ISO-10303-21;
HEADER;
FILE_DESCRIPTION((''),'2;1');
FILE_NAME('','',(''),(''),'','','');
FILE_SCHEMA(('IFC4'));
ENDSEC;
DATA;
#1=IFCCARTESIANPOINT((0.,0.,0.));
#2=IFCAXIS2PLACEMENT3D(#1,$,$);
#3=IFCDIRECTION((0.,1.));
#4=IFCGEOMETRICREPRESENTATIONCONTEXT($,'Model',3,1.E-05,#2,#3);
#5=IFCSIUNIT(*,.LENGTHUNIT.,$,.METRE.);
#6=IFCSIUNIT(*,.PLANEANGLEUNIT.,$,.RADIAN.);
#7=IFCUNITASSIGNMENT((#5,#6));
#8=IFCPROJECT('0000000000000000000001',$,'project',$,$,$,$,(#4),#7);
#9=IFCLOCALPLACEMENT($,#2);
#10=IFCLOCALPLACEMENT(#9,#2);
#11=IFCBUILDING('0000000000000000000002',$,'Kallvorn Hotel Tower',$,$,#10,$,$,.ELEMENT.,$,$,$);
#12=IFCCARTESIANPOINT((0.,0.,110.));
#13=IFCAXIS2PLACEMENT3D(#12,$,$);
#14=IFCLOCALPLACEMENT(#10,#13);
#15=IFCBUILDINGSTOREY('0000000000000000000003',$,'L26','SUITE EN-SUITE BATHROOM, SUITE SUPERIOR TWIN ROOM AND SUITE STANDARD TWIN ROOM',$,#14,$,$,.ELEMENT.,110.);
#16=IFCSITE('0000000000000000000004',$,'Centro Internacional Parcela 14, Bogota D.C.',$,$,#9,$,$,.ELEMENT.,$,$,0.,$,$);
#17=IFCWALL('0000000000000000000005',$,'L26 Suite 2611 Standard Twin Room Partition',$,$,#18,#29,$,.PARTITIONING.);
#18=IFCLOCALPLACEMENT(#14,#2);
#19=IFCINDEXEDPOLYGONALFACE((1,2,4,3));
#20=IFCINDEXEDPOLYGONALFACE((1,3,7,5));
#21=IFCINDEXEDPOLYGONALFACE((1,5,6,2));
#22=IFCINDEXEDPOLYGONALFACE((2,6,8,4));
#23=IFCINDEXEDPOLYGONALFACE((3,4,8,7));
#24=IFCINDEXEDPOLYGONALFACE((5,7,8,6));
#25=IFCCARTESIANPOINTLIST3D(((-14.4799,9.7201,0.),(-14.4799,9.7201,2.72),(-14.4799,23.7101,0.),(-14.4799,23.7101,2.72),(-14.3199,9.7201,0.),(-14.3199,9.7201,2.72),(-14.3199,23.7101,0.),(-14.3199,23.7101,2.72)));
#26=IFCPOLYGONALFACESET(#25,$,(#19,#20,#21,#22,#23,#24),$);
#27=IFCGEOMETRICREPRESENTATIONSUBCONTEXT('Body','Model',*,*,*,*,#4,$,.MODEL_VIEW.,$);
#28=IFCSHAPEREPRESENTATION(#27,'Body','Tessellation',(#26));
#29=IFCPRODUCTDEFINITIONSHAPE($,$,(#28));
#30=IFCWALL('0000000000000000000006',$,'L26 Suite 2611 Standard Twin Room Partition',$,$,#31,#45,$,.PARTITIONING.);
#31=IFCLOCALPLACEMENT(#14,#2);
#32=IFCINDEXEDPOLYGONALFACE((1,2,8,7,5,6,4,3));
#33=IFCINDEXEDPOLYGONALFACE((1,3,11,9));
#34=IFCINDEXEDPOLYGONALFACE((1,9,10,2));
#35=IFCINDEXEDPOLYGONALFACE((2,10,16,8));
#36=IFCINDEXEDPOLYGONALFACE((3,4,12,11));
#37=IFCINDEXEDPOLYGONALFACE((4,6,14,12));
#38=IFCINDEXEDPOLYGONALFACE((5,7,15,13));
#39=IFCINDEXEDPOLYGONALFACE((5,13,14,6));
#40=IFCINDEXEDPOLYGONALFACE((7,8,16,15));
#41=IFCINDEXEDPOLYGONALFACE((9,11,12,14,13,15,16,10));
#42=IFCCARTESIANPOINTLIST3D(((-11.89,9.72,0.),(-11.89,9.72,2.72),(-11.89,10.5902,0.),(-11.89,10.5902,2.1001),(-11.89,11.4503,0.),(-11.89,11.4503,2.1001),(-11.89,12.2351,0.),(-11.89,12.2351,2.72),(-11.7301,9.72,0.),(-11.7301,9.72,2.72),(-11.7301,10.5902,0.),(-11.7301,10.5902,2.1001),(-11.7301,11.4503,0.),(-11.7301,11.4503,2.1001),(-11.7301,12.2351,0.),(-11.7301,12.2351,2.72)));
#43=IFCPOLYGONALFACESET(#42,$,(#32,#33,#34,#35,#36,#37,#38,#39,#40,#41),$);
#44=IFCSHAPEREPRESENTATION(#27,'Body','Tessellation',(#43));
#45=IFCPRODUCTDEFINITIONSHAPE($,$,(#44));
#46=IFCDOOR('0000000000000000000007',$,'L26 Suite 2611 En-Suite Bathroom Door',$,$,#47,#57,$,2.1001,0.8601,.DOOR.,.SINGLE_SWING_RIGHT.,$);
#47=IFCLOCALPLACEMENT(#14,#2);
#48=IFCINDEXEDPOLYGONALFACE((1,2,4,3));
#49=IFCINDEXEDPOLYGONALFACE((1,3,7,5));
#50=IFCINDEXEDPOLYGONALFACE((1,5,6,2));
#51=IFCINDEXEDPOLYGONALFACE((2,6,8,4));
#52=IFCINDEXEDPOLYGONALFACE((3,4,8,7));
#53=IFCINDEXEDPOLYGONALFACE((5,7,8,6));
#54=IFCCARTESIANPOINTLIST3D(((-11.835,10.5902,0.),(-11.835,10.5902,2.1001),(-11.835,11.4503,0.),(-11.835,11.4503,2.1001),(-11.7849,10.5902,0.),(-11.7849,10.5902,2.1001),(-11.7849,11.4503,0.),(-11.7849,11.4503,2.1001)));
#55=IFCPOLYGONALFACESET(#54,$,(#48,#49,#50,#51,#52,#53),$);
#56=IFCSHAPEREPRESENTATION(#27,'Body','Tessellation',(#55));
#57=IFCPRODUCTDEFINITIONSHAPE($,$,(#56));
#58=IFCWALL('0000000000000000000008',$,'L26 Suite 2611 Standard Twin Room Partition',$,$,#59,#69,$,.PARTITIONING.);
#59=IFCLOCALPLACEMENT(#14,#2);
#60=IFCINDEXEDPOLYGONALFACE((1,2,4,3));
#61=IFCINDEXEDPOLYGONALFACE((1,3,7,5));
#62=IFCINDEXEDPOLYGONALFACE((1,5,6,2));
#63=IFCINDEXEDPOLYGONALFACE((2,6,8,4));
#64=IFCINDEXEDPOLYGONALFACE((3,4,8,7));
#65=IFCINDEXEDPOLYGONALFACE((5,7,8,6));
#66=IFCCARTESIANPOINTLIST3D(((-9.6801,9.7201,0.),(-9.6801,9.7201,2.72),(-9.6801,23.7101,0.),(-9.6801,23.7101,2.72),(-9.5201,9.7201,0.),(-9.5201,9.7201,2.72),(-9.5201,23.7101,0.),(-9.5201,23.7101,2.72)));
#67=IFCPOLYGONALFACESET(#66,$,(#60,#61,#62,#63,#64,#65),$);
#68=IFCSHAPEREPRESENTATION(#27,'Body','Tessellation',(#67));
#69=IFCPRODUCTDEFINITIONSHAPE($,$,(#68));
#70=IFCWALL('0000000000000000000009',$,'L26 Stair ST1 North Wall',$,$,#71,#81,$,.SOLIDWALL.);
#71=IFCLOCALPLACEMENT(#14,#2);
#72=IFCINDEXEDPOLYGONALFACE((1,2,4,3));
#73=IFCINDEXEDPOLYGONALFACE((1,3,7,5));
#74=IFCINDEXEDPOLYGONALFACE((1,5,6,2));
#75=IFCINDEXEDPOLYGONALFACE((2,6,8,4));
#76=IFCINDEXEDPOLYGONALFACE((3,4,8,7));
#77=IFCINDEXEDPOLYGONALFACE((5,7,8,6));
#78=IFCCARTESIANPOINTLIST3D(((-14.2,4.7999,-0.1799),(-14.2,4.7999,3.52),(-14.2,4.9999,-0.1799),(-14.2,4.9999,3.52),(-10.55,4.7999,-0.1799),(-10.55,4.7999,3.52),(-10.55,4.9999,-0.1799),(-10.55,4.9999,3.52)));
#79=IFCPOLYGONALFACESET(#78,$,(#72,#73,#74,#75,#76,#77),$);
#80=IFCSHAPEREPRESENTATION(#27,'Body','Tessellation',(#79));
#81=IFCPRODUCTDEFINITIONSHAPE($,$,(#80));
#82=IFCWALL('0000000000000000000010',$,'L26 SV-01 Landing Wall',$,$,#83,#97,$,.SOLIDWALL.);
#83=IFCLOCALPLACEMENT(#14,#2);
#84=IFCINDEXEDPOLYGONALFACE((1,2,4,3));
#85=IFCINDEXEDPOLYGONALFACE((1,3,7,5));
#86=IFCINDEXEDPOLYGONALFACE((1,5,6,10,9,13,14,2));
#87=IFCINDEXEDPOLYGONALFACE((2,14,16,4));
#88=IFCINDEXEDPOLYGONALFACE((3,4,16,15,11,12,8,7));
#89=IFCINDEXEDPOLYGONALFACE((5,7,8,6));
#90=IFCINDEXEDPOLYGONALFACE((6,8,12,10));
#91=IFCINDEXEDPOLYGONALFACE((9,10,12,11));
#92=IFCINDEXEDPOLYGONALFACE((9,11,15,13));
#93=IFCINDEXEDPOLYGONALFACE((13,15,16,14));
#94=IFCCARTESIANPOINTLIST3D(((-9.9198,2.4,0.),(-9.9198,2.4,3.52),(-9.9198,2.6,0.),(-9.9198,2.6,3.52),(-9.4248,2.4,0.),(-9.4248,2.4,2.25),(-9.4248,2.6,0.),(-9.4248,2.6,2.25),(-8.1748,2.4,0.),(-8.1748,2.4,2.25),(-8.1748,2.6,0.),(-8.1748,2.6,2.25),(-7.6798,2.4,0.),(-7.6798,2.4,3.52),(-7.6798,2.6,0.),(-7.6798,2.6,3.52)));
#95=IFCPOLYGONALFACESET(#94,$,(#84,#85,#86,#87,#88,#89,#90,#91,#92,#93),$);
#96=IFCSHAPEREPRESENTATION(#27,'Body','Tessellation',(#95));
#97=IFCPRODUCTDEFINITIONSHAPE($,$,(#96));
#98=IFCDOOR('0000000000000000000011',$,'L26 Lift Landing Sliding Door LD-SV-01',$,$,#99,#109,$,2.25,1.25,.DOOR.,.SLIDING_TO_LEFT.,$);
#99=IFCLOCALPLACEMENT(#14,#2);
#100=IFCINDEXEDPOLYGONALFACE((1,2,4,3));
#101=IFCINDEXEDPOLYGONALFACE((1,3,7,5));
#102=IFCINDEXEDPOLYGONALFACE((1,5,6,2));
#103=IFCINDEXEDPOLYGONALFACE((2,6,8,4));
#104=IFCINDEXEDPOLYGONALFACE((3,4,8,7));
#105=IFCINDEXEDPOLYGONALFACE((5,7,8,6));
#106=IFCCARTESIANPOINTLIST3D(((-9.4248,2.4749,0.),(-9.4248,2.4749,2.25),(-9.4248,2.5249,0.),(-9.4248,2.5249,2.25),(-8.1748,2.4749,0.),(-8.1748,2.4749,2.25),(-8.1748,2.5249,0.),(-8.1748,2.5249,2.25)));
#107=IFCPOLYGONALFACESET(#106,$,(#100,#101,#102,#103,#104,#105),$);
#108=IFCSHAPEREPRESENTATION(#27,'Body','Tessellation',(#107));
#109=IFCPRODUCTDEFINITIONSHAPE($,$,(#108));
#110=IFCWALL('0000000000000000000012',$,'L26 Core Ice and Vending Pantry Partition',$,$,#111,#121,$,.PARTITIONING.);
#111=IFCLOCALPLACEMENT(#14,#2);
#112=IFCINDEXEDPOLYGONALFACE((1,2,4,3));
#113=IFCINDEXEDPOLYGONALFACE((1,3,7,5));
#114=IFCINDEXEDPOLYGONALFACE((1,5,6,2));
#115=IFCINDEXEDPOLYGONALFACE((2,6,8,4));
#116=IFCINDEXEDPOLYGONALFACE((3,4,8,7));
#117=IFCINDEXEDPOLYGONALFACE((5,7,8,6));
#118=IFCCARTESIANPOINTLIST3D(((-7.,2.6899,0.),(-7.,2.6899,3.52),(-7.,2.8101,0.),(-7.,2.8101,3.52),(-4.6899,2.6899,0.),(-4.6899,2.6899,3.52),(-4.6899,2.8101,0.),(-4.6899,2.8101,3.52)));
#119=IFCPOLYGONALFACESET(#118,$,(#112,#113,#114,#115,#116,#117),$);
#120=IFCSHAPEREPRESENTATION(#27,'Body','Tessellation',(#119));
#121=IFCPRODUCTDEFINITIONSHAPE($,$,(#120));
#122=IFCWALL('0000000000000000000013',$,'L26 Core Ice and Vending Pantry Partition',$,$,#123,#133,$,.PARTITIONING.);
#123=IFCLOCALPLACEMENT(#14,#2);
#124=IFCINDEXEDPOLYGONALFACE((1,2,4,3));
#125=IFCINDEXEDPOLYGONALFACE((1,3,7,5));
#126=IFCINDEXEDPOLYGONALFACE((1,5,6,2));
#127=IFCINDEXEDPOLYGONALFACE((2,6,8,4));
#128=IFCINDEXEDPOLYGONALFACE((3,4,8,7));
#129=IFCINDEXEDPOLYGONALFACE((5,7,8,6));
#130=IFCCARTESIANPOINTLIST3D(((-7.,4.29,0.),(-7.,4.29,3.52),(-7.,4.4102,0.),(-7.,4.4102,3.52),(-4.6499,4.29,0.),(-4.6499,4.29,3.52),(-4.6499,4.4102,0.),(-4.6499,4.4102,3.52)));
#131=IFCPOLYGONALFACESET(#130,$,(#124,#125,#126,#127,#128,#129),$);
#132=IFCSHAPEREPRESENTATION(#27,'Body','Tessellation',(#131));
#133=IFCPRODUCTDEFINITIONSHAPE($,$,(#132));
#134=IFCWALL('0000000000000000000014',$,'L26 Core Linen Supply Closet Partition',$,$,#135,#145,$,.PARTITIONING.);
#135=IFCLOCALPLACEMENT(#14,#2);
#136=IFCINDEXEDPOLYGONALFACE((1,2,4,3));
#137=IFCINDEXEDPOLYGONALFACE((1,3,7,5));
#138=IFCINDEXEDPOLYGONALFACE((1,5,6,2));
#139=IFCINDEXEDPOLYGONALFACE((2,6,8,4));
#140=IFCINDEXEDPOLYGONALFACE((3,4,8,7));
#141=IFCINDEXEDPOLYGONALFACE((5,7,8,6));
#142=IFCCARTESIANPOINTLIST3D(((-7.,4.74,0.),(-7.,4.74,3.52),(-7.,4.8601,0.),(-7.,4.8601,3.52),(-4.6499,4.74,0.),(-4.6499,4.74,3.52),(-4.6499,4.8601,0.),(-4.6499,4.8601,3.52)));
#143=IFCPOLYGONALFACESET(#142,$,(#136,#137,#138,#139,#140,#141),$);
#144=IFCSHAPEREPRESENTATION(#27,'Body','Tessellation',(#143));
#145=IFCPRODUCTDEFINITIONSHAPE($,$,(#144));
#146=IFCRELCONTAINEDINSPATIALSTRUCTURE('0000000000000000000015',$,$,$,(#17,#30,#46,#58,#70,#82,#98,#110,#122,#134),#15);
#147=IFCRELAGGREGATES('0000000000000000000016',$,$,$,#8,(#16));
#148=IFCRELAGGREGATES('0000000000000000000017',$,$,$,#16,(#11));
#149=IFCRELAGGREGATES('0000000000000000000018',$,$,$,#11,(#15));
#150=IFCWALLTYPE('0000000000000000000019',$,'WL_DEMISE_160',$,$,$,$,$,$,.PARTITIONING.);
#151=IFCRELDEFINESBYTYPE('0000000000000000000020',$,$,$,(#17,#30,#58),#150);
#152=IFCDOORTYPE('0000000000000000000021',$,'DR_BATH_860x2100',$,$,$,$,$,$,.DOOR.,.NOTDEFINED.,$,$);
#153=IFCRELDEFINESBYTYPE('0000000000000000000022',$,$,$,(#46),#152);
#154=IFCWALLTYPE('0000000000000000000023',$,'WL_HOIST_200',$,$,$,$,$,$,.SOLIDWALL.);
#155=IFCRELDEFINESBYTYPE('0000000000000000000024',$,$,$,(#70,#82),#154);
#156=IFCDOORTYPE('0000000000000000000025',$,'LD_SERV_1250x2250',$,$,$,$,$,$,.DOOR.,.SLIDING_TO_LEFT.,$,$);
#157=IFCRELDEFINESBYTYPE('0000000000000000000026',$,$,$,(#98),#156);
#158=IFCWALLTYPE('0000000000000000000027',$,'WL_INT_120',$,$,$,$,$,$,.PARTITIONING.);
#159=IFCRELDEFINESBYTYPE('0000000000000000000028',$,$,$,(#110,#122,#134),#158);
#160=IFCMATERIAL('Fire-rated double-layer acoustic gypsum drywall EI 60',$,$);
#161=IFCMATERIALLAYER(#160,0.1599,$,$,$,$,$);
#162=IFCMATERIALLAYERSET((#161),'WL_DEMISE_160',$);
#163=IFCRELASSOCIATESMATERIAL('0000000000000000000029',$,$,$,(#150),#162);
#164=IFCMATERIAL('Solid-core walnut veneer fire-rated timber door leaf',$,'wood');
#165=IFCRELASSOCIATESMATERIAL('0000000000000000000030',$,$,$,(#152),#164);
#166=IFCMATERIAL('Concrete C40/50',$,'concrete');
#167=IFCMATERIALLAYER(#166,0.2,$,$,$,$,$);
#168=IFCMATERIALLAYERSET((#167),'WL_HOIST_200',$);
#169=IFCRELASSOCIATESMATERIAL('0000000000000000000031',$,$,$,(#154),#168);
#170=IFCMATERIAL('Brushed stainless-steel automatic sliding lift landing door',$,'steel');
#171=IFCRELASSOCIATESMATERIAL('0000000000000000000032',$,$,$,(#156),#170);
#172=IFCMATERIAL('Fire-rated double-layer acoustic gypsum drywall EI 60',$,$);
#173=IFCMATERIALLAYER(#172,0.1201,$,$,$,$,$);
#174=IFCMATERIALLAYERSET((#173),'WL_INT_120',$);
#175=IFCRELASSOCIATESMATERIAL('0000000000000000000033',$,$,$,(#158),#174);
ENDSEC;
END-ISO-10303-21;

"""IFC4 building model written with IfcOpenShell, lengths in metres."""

from ifc_helpers import new_model, si_unit, direction, frame, frame_2d, origin, place, context, subcontext, project, spatial, rectangle, extrude, material, layer, layer_set, type_object, element, fill, save


model = new_model("IFC4")

# Units and contexts
model_context = context("Model", 3, precision=1e-05, world=origin(), true_north=direction((0.0, 1.0)))
body_context = subcontext(model_context, "Body", "Model", "MODEL_VIEW")
ifc_project = project(units=[si_unit("LENGTHUNIT", "METRE"), si_unit("PLANEANGLEUNIT", "RADIAN")], contexts=[model_context])

# Site, building, storey
site_placement = place(None, origin())
site = spatial("IfcSite", under=ifc_project, at=site_placement, Name="Centro Internacional Parcela 14, Bogota D.C.", CompositionType="ELEMENT", RefElevation=0.0)
building_placement = place(site_placement, origin())
building = spatial("IfcBuilding", under=site, at=building_placement, Name="Kallvorn Hotel Tower", CompositionType="ELEMENT")
storey_placement = place(building_placement, frame((0.0, 0.0, 110.0)))
storey = spatial("IfcBuildingStorey", under=building, at=storey_placement, Name="L26", Description="SUITE EN-SUITE BATHROOM, SUITE SUPERIOR TWIN ROOM AND SUITE STANDARD TWIN ROOM", CompositionType="ELEMENT", Elevation=110.0)

# Wall
ifc_material_1 = material(Name="Fire-rated double-layer acoustic gypsum drywall EI 60")
ifc_layer_1 = layer(ifc_material_1, 0.1599)
ifc_layer_set_1 = layer_set([ifc_layer_1], Name="WL_DEMISE_160")
wall_type_1 = type_object("IfcWallType", Name="WL_DEMISE_160", PredefinedType="PARTITIONING", material=ifc_layer_set_1)
wall_1_placement = place(storey_placement, frame((-14.3999, 9.72, 0.0), z_axis=(0.0, 0.0, 1.0), x_axis=(0.0, 1.0, 0.0)))
element("IfcWall", 1, at=wall_1_placement, inside=storey, type_object=wall_type_1, Name="L26 Suite 2611 Standard Twin Room Partition", PredefinedType="PARTITIONING", context=body_context, shape_type="SweptSolid", body=[
    extrude(rectangle(XDim=13.99, YDim=0.1599, at=frame_2d((6.9951, 0.0))), origin(), (0.0, 0.0, 1.0), 2.72),
])

# Wall, opening, door
wall_2_placement = place(storey_placement, frame((-11.8101, 9.72, 0.0), z_axis=(0.0, 0.0, 1.0), x_axis=(0.0, 1.0, 0.0)))
wall_2 = element("IfcWall", 2, at=wall_2_placement, inside=storey, type_object=wall_type_1, Name="L26 Suite 2611 Standard Twin Room Partition", PredefinedType="PARTITIONING", context=body_context, shape_type="SweptSolid", body=[
    extrude(rectangle(XDim=2.5151, YDim=0.1599, at=frame_2d((1.2576, 0.0))), origin(), (0.0, 0.0, 1.0), 2.72),
])
opening_1_placement = place(wall_2_placement, frame((0.8701, 0.0, 0.0)))
opening_1 = element("IfcOpeningElement", 3, at=opening_1_placement, cuts=wall_2, PredefinedType="OPENING", context=body_context, shape_type="SweptSolid", body=[
    extrude(rectangle(XDim=0.8601, YDim=2.1001, at=frame_2d((0.4302, 1.05))), frame((0.0, 0.095, 0.0), z_axis=(0.0, -1.0, 0.0), x_axis=(1.0, 0.0, 0.0)), (0.0, 0.0, 1.0), 0.1899),
])
ifc_material_2 = material(Name="Solid-core walnut veneer fire-rated timber door leaf", Category="wood")
door_type_1 = type_object("IfcDoorType", Name="DR_BATH_860x2100", OperationType="NOTDEFINED", PredefinedType="DOOR", material=ifc_material_2)
door_1_placement = place(opening_1_placement, origin())
door_1 = element("IfcDoor", 4, at=door_1_placement, inside=storey, type_object=door_type_1, Name="L26 Suite 2611 En-Suite Bathroom Door", OperationType="SINGLE_SWING_RIGHT", OverallHeight=2.1001, OverallWidth=0.8601, PredefinedType="DOOR", context=body_context, shape_type="SweptSolid", body=[
    extrude(rectangle(XDim=0.8601, YDim=2.1001, at=frame_2d((0.4302, 1.05))), frame((0.0, 0.0249, 0.0), z_axis=(0.0, -1.0, 0.0), x_axis=(1.0, 0.0, 0.0)), (0.0, 0.0, 1.0), 0.05),
])
fill(opening_1, door_1)

# Walls
wall_3_placement = place(storey_placement, frame((-9.6001, 9.72, 0.0), z_axis=(0.0, 0.0, 1.0), x_axis=(0.0, 1.0, 0.0)))
element("IfcWall", 5, at=wall_3_placement, inside=storey, type_object=wall_type_1, Name="L26 Suite 2611 Standard Twin Room Partition", PredefinedType="PARTITIONING", context=body_context, shape_type="SweptSolid", body=[
    extrude(rectangle(XDim=13.99, YDim=0.1599, at=frame_2d((6.9951, 0.0))), origin(), (0.0, 0.0, 1.0), 2.72),
])
ifc_material_3 = material(Name="Concrete C40/50", Category="concrete")
ifc_layer_2 = layer(ifc_material_3, 0.2)
ifc_layer_set_2 = layer_set([ifc_layer_2], Name="WL_HOIST_200")
wall_type_2 = type_object("IfcWallType", Name="WL_HOIST_200", PredefinedType="SOLIDWALL", material=ifc_layer_set_2)
wall_4_placement = place(storey_placement, frame((-14.2, 4.8999, -0.1799), z_axis=(0.0, 0.0, 1.0), x_axis=(1.0, 0.0, 0.0)))
element("IfcWall", 6, at=wall_4_placement, inside=storey, type_object=wall_type_2, Name="L26 Stair ST1 North Wall", PredefinedType="SOLIDWALL", context=body_context, shape_type="SweptSolid", body=[
    extrude(rectangle(XDim=3.6499, YDim=0.2, at=frame_2d((1.825, 0.0))), origin(), (0.0, 0.0, 1.0), 3.7),
])

# Wall, opening, door
wall_5_placement = place(storey_placement, frame((-9.9199, 2.5, 0.0), z_axis=(0.0, 0.0, 1.0), x_axis=(1.0, 0.0, 0.0)))
wall_5 = element("IfcWall", 7, at=wall_5_placement, inside=storey, type_object=wall_type_2, Name="L26 SV-01 Landing Wall", PredefinedType="SOLIDWALL", context=body_context, shape_type="SweptSolid", body=[
    extrude(rectangle(XDim=2.24, YDim=0.2, at=frame_2d((1.1201, 0.0))), origin(), (0.0, 0.0, 1.0), 3.52),
])
opening_2_placement = place(wall_5_placement, frame((0.4951, 0.0, 0.0)))
opening_2 = element("IfcOpeningElement", 8, at=opening_2_placement, cuts=wall_5, PredefinedType="OPENING", context=body_context, shape_type="SweptSolid", body=[
    extrude(rectangle(XDim=1.25, YDim=2.25, at=frame_2d((0.625, 1.125))), frame((0.0, 0.115, 0.0), z_axis=(0.0, -1.0, 0.0), x_axis=(1.0, 0.0, 0.0)), (0.0, 0.0, 1.0), 0.23),
])
ifc_material_4 = material(Name="Brushed stainless-steel automatic sliding lift landing door", Category="steel")
door_type_2 = type_object("IfcDoorType", Name="LD_SERV_1250x2250", OperationType="SLIDING_TO_LEFT", PredefinedType="DOOR", material=ifc_material_4)
door_2_placement = place(opening_2_placement, origin())
door_2 = element("IfcDoor", 9, at=door_2_placement, inside=storey, type_object=door_type_2, Name="L26 Lift Landing Sliding Door LD-SV-01", OperationType="SLIDING_TO_LEFT", OverallHeight=2.25, OverallWidth=1.25, PredefinedType="DOOR", context=body_context, shape_type="SweptSolid", body=[
    extrude(rectangle(XDim=1.25, YDim=2.25, at=frame_2d((0.625, 1.125))), frame((0.0, 0.0249, 0.0), z_axis=(0.0, -1.0, 0.0), x_axis=(1.0, 0.0, 0.0)), (0.0, 0.0, 1.0), 0.05),
])
fill(opening_2, door_2)

# Walls
ifc_material_5 = material(Name="Fire-rated double-layer acoustic gypsum drywall EI 60")
ifc_layer_3 = layer(ifc_material_5, 0.1201)
ifc_layer_set_3 = layer_set([ifc_layer_3], Name="WL_INT_120")
wall_type_3 = type_object("IfcWallType", Name="WL_INT_120", PredefinedType="PARTITIONING", material=ifc_layer_set_3)
wall_6_placement = place(storey_placement, frame((-7.0, 2.75, 0.0), z_axis=(0.0, 0.0, 1.0), x_axis=(1.0, 0.0, 0.0)))
element("IfcWall", 10, at=wall_6_placement, inside=storey, type_object=wall_type_3, Name="L26 Core Ice and Vending Pantry Partition", PredefinedType="PARTITIONING", context=body_context, shape_type="SweptSolid", body=[
    extrude(rectangle(XDim=2.3101, YDim=0.1201, at=frame_2d((1.155, 0.0))), origin(), (0.0, 0.0, 1.0), 3.52),
])
for number, where, z_axis, x_axis, name in (
    (11, (-7.0, 4.3501, 0.0), (0.0, 0.0, 1.0), (1.0, 0.0, 0.0), "L26 Core Ice and Vending Pantry Partition"),
    (12, (-7.0, 4.8, 0.0), (0.0, 0.0, 1.0), (1.0, 0.0, 0.0), "L26 Core Linen Supply Closet Partition"),
):
    element("IfcWall", number, at=place(storey_placement, frame(where, z_axis=z_axis, x_axis=x_axis)), inside=storey, type_object=wall_type_3, Name=name, PredefinedType="PARTITIONING", context=body_context, shape_type="SweptSolid", body=[
        extrude(rectangle(XDim=2.3501, YDim=0.1201, at=frame_2d((1.175, 0.0))), origin(), (0.0, 0.0, 1.0), 3.52),
    ])

save(model, "model.ifc")
